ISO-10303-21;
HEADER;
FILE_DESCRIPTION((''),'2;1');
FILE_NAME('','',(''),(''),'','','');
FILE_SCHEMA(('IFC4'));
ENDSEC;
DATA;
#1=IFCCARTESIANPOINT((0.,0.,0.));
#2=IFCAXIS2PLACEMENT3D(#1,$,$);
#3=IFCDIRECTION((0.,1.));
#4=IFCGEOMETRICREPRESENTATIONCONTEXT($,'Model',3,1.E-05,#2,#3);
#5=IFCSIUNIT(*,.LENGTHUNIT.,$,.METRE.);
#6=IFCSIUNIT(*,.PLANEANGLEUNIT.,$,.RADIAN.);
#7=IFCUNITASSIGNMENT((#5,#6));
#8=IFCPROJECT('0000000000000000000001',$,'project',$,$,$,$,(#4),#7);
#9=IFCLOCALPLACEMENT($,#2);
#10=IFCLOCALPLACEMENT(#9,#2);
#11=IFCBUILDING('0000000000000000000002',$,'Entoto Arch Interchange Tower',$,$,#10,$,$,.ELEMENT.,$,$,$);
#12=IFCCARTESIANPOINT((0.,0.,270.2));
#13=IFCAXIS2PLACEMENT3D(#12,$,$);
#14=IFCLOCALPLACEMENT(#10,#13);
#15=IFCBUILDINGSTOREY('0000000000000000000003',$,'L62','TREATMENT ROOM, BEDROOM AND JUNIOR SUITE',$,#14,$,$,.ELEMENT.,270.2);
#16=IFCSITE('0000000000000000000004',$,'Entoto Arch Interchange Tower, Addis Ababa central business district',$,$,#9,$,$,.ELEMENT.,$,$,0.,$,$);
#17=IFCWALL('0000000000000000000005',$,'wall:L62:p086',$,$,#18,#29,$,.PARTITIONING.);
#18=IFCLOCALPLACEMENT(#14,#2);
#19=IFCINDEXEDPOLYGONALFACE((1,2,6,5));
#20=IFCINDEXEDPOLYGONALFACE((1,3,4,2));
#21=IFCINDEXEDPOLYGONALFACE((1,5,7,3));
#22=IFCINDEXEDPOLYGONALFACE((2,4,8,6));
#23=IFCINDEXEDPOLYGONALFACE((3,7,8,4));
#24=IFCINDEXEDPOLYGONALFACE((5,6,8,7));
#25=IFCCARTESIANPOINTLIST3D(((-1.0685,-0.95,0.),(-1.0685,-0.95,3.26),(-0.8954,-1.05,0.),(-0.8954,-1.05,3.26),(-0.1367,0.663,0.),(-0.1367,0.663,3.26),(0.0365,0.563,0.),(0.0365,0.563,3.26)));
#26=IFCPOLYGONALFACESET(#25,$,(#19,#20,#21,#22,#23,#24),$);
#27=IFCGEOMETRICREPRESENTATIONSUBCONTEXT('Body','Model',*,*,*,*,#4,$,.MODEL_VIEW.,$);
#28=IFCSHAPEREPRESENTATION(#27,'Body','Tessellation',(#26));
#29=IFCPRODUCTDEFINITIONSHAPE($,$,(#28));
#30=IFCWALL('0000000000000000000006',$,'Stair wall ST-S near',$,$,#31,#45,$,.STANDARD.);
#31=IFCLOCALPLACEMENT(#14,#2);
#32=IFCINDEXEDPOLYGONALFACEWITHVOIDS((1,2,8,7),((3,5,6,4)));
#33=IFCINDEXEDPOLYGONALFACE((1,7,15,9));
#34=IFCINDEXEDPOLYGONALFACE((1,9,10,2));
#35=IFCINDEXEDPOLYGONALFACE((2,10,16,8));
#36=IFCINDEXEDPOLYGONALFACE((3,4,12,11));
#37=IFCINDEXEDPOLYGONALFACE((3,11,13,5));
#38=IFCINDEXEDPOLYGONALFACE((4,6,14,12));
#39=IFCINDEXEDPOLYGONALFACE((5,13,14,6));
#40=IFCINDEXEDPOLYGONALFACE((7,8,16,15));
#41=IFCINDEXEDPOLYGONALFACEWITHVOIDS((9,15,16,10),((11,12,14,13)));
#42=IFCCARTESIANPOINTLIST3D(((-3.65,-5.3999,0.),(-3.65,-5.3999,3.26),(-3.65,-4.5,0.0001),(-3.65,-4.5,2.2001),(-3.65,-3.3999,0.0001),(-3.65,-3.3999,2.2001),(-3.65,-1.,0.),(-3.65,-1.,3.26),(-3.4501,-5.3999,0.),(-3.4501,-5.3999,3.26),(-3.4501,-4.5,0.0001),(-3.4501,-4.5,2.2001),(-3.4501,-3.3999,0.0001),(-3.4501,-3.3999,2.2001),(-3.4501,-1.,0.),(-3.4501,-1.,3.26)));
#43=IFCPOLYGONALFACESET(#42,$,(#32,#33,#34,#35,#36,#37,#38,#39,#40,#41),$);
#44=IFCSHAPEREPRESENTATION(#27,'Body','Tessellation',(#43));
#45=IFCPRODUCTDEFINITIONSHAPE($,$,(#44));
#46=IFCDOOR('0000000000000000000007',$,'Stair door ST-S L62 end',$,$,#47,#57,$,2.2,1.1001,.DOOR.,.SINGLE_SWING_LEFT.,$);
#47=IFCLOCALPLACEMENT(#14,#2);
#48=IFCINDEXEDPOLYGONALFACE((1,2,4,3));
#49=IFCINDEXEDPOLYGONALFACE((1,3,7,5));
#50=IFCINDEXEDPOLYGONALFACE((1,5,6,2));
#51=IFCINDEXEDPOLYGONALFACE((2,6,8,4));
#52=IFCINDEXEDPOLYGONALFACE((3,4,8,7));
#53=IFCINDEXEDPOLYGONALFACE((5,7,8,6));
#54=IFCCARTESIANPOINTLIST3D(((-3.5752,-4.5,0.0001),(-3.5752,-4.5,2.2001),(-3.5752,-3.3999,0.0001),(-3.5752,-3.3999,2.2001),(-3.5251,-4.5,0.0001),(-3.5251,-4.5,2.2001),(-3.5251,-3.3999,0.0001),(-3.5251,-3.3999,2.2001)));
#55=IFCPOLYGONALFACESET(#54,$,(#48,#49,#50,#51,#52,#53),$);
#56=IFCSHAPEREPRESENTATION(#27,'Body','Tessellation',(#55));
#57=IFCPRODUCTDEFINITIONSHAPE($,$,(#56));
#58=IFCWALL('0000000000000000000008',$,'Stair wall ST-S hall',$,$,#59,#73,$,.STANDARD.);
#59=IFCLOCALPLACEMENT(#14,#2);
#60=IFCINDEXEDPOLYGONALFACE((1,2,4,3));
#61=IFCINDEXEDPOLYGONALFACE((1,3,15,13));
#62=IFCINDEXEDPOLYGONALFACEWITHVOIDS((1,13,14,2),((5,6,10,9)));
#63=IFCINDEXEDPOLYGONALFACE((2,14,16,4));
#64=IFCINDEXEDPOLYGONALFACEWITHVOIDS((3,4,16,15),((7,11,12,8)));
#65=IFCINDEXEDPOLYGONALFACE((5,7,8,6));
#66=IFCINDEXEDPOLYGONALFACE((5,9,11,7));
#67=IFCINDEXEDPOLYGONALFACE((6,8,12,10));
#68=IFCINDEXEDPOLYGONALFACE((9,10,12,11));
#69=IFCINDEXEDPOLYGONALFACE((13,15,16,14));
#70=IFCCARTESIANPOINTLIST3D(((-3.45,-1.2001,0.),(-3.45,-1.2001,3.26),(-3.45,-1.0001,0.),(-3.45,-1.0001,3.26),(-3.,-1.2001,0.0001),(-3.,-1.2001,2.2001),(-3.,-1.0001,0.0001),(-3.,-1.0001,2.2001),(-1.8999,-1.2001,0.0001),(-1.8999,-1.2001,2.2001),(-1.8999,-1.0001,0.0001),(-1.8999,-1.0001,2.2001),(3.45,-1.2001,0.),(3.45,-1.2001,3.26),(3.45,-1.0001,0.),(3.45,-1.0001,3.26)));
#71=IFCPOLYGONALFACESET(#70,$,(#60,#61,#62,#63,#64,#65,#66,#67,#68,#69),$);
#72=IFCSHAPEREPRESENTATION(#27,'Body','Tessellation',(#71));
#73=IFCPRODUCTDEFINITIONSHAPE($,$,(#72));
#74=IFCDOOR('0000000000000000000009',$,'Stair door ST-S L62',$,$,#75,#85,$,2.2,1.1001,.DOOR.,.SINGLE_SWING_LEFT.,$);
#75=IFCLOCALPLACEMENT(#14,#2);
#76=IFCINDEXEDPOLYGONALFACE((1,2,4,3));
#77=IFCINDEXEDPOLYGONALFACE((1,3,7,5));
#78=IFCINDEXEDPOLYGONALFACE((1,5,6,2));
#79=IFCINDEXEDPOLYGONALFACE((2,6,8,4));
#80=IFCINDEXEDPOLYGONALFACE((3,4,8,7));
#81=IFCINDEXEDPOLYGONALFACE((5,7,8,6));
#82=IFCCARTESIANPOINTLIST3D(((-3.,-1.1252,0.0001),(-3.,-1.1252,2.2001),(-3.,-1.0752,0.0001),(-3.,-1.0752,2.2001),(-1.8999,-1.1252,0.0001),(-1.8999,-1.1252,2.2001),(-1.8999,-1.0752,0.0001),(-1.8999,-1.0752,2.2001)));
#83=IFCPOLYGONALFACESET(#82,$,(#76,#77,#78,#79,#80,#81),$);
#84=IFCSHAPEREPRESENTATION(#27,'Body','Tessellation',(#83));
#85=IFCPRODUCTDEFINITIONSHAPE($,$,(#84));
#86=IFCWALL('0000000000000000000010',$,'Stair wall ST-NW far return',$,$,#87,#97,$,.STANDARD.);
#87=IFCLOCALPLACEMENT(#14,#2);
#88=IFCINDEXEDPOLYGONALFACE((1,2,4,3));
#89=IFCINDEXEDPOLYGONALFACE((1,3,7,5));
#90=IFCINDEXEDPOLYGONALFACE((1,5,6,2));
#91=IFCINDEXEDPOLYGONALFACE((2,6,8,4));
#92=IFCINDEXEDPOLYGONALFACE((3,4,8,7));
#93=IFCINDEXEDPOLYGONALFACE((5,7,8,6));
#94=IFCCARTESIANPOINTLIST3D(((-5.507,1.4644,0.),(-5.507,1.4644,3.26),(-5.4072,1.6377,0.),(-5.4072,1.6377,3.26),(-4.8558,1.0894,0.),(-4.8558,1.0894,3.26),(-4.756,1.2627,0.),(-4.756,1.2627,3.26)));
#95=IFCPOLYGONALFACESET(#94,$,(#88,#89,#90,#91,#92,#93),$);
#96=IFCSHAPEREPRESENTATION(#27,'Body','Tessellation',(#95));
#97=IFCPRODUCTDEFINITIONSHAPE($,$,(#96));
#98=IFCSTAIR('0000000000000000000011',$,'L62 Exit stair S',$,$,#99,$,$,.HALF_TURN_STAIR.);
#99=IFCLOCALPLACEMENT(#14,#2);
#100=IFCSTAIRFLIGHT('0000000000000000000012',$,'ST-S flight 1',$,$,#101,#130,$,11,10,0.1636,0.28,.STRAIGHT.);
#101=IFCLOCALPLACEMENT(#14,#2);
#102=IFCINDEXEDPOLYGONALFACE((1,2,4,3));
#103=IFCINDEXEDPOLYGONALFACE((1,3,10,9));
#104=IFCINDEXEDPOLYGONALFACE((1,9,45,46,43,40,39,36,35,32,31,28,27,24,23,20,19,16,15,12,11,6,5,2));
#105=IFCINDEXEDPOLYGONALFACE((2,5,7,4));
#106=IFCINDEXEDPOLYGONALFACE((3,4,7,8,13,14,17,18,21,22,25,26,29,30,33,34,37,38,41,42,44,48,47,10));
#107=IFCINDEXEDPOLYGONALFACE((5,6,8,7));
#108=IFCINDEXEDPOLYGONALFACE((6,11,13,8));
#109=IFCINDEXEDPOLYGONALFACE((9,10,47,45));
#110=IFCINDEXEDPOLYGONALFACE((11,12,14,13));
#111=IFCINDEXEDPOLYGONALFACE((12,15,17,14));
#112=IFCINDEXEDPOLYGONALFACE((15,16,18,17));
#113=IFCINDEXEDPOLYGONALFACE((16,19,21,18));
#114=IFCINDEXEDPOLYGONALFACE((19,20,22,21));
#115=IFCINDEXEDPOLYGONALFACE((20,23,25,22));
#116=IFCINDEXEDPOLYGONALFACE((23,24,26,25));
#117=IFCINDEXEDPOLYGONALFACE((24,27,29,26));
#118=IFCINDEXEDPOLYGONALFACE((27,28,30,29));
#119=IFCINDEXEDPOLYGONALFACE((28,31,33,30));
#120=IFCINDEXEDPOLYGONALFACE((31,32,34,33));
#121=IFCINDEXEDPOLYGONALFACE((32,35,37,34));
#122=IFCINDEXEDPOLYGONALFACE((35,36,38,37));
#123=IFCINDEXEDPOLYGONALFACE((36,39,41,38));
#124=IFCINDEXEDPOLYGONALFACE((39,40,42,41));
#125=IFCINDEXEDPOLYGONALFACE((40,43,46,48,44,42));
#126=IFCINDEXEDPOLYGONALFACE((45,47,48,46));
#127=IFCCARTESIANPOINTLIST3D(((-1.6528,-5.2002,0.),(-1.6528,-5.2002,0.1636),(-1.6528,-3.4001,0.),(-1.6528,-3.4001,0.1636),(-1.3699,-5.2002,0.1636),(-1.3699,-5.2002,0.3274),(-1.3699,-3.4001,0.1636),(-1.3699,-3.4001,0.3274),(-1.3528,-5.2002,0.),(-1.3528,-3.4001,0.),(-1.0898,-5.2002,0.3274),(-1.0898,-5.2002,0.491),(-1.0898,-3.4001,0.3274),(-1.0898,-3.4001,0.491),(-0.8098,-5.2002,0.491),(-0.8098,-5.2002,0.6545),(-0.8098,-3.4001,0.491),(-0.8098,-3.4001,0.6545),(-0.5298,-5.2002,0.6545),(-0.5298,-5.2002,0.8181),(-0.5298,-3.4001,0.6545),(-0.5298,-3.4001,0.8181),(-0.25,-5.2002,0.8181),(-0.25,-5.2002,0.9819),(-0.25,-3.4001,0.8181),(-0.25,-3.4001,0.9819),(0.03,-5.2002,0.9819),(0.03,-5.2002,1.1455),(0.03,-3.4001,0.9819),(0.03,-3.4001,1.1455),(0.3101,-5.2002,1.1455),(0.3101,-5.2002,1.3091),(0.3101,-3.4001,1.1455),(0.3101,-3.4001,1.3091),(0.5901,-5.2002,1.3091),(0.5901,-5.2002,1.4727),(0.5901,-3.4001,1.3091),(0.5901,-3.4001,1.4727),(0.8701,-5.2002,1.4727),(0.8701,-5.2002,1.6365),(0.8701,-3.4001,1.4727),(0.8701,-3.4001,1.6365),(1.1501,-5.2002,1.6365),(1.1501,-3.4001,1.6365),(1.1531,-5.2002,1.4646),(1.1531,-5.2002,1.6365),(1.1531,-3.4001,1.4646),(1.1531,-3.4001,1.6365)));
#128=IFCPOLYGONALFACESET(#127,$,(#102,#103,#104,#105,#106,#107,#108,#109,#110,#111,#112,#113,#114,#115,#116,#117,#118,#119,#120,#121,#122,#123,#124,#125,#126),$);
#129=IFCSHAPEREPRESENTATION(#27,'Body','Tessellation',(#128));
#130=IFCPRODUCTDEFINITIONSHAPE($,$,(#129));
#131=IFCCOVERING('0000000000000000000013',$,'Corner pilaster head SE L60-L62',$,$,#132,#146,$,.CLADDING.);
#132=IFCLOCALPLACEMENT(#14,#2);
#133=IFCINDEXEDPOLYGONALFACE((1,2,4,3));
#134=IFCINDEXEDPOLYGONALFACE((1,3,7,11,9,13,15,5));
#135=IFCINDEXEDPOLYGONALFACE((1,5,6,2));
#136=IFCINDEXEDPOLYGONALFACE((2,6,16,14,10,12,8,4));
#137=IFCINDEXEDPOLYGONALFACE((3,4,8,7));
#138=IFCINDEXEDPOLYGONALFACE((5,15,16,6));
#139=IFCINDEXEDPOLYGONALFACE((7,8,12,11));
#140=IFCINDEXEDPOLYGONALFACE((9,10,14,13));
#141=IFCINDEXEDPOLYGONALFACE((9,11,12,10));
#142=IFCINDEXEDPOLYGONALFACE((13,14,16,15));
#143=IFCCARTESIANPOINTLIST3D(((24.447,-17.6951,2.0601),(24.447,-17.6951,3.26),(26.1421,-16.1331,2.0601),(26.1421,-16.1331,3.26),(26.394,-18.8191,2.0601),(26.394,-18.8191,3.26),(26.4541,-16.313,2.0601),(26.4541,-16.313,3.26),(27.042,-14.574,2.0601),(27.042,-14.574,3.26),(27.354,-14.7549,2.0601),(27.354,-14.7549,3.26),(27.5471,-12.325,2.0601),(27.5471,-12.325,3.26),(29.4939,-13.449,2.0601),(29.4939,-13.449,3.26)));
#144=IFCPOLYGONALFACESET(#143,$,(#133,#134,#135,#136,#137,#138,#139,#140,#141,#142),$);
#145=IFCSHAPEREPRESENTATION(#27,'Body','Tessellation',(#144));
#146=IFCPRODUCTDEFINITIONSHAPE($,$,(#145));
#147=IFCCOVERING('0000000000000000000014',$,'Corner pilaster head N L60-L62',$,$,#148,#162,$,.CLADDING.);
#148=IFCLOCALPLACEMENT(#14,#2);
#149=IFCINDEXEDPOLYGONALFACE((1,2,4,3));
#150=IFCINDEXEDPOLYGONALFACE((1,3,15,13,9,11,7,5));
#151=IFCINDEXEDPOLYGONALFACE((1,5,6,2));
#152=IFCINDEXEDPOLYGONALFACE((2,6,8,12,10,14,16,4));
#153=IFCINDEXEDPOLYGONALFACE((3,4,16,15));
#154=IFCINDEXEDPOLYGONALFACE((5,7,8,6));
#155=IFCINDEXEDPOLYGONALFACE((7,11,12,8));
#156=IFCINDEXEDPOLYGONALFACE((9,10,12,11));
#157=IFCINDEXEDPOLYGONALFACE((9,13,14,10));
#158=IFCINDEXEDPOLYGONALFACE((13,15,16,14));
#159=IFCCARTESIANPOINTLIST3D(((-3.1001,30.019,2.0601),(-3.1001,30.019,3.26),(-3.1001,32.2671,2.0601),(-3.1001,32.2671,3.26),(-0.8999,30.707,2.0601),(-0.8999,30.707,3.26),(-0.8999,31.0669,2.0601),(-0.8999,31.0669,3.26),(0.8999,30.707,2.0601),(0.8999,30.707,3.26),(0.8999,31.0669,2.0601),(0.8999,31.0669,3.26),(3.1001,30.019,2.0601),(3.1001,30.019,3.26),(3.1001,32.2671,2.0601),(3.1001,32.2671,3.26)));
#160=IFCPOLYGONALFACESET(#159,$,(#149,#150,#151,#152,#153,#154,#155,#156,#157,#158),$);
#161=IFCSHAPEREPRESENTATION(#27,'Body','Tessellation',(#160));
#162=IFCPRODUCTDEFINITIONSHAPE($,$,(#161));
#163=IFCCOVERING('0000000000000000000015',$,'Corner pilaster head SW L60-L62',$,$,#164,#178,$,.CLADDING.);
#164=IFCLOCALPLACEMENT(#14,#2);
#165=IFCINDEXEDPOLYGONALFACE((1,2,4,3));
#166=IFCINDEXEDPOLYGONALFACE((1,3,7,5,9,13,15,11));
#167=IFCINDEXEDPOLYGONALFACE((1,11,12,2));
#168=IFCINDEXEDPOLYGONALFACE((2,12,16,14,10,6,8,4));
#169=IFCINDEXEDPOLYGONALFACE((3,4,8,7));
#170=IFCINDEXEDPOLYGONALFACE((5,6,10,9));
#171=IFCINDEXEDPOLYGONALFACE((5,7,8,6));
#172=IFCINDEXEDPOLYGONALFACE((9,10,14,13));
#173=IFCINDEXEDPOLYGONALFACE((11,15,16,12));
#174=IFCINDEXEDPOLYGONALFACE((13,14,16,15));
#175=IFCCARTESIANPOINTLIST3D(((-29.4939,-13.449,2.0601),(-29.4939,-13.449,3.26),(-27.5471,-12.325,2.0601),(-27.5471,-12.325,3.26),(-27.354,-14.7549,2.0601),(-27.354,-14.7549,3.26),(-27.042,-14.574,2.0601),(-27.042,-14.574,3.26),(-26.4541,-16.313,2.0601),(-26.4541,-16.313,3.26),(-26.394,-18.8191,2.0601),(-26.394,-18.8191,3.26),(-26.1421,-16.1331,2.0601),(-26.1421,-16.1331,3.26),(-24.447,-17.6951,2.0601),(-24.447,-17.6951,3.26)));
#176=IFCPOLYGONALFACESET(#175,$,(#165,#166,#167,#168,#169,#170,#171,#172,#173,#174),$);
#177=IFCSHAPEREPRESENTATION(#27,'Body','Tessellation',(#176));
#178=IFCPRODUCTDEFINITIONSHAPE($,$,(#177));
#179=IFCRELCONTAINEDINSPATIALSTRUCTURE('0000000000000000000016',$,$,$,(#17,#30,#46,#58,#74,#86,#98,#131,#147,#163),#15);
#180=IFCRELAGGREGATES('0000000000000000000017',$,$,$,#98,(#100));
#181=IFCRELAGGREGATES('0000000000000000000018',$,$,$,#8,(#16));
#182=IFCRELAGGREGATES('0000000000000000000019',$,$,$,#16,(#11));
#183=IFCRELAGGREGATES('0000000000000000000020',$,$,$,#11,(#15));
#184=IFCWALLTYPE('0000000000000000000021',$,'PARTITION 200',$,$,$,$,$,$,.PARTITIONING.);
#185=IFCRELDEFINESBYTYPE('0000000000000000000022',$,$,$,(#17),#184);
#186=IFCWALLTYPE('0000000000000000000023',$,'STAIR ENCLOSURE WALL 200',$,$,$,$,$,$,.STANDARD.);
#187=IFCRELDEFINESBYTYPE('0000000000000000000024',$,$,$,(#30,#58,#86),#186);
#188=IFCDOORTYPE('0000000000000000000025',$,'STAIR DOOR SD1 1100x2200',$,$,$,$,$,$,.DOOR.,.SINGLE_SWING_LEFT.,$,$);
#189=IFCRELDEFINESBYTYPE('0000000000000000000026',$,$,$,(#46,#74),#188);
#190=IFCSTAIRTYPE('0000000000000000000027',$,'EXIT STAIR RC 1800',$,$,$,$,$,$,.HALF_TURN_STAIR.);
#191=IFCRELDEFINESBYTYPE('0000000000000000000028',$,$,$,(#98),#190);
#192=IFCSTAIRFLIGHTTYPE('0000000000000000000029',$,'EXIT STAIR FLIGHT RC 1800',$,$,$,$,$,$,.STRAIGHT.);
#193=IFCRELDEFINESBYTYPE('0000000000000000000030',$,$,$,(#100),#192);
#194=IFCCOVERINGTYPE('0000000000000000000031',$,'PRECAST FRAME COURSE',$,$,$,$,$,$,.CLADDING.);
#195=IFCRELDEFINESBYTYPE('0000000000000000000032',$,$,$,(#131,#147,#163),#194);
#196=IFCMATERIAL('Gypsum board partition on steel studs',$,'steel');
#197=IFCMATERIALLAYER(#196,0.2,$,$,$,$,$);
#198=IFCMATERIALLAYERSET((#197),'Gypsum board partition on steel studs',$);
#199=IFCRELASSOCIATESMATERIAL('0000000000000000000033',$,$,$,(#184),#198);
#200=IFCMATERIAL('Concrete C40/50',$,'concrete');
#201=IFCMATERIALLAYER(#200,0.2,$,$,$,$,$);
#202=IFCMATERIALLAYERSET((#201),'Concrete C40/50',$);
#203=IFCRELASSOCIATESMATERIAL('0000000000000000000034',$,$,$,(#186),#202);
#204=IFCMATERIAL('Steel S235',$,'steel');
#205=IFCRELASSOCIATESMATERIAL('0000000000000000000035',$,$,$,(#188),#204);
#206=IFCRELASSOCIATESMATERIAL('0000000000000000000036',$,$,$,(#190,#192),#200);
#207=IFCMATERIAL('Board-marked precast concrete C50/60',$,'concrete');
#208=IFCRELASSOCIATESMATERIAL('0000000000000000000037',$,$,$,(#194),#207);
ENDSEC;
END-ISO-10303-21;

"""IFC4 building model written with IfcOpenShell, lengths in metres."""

from ifc_helpers import new_model, si_unit, direction, frame, frame_2d, origin, place, context, subcontext, project, spatial, polyline, rectangle, outline, extrude, material, layer, layer_set, type_object, element, fill, aggregate, save


model = new_model("IFC4")

# Units and contexts
model_context = context("Model", 3, precision=1e-05, world=origin(), true_north=direction((0.0, 1.0)))
body_context = subcontext(model_context, "Body", "Model", "MODEL_VIEW")
ifc_project = project(units=[si_unit("LENGTHUNIT", "METRE"), si_unit("PLANEANGLEUNIT", "RADIAN")], contexts=[model_context])

# Site, building, storey
site_placement = place(None, origin())
site = spatial("IfcSite", under=ifc_project, at=site_placement, Name="Entoto Arch Interchange Tower, Addis Ababa central business district", CompositionType="ELEMENT", RefElevation=0.0)
building_placement = place(site_placement, origin())
building = spatial("IfcBuilding", under=site, at=building_placement, Name="Entoto Arch Interchange Tower", CompositionType="ELEMENT")
storey_placement = place(building_placement, frame((0.0, 0.0, 270.2)))
storey = spatial("IfcBuildingStorey", under=building, at=storey_placement, Name="L62", Description="TREATMENT ROOM, BEDROOM AND JUNIOR SUITE", CompositionType="ELEMENT", Elevation=270.2)

# Shared definitions
ifc_material_1 = material(Name="Board-marked precast concrete C50/60", Category="concrete")
ifc_material_2 = material(Name="Concrete C40/50", Category="concrete")

# Wall
ifc_material_3 = material(Name="Gypsum board partition on steel studs", Category="steel")
ifc_layer_1 = layer(ifc_material_3, 0.2)
ifc_layer_set_1 = layer_set([ifc_layer_1], Name="Gypsum board partition on steel studs")
wall_type_1 = type_object("IfcWallType", Name="PARTITION 200", PredefinedType="PARTITIONING", material=ifc_layer_set_1)
wall_1_placement = place(storey_placement, frame((-0.9819, -1.0, 0.0), z_axis=(0.0, 0.0, 1.0), x_axis=(0.50024, 0.865887, 0.0)))
element("IfcWall", 1, at=wall_1_placement, inside=storey, type_object=wall_type_1, Name="wall:L62:p086", PredefinedType="PARTITIONING", context=body_context, shape_type="SweptSolid", body=[
    extrude(rectangle(XDim=1.8628, YDim=0.2, at=frame_2d((0.9314, 0.0))), origin(), (0.0, 0.0, 1.0), 3.26),
])

# Walls, openings, doors
ifc_layer_2 = layer(ifc_material_2, 0.2)
ifc_layer_set_2 = layer_set([ifc_layer_2], Name="Concrete C40/50")
wall_type_2 = type_object("IfcWallType", Name="STAIR ENCLOSURE WALL 200", PredefinedType="STANDARD", material=ifc_layer_set_2)
wall_2_placement = place(storey_placement, frame((-3.55, -1.0, 0.0), z_axis=(0.0, 0.0, 1.0), x_axis=(0.0, -1.0, 0.0)))
wall_2 = element("IfcWall", 2, at=wall_2_placement, inside=storey, type_object=wall_type_2, Name="Stair wall ST-S near", PredefinedType="STANDARD", context=body_context, shape_type="SweptSolid", body=[
    extrude(rectangle(XDim=4.3999, YDim=0.2, at=frame_2d((2.2, 0.0))), origin(), (0.0, 0.0, 1.0), 3.26),
])
opening_1_placement = place(wall_2_placement, frame((2.3999, 0.0, 0.0)))
opening_1 = element("IfcOpeningElement", 3, at=opening_1_placement, cuts=wall_2, PredefinedType="OPENING", context=body_context, shape_type="SweptSolid", body=[
    extrude(rectangle(XDim=1.1001, YDim=2.2, at=frame_2d((0.55, 1.1001))), frame((0.0, 0.1099, 0.0), z_axis=(0.0, -1.0, 0.0), x_axis=(1.0, 0.0, 0.0)), (0.0, 0.0, 1.0), 0.22),
])
ifc_material_4 = material(Name="Steel S235", Category="steel")
door_type = type_object("IfcDoorType", Name="STAIR DOOR SD1 1100x2200", OperationType="SINGLE_SWING_LEFT", PredefinedType="DOOR", material=ifc_material_4)
door_1_placement = place(opening_1_placement, origin())
door_1 = element("IfcDoor", 4, at=door_1_placement, inside=storey, type_object=door_type, Name="Stair door ST-S L62 end", OperationType="SINGLE_SWING_LEFT", OverallHeight=2.2, OverallWidth=1.1001, PredefinedType="DOOR", context=body_context, shape_type="SweptSolid", body=[
    extrude(rectangle(XDim=1.1001, YDim=2.2, at=frame_2d((0.55, 1.1001))), frame((0.0, 0.0249, 0.0), z_axis=(0.0, -1.0, 0.0), x_axis=(1.0, 0.0, 0.0)), (0.0, 0.0, 1.0), 0.05),
])
fill(opening_1, door_1)
wall_3_placement = place(storey_placement, frame((-3.45, -1.1001, 0.0), z_axis=(0.0, 0.0, 1.0), x_axis=(1.0, 0.0, 0.0)))
wall_3 = element("IfcWall", 5, at=wall_3_placement, inside=storey, type_object=wall_type_2, Name="Stair wall ST-S hall", PredefinedType="STANDARD", context=body_context, shape_type="SweptSolid", body=[
    extrude(rectangle(XDim=6.8999, YDim=0.2, at=frame_2d((3.45, 0.0))), origin(), (0.0, 0.0, 1.0), 3.26),
])
opening_2_placement = place(wall_3_placement, frame((0.45, 0.0, 0.0)))
opening_2 = element("IfcOpeningElement", 6, at=opening_2_placement, cuts=wall_3, PredefinedType="OPENING", context=body_context, shape_type="SweptSolid", body=[
    extrude(rectangle(XDim=1.1001, YDim=2.2, at=frame_2d((0.55, 1.1001))), frame((0.0, 0.1099, 0.0), z_axis=(0.0, -1.0, 0.0), x_axis=(1.0, 0.0, 0.0)), (0.0, 0.0, 1.0), 0.22),
])
door_2_placement = place(opening_2_placement, origin())
door_2 = element("IfcDoor", 7, at=door_2_placement, inside=storey, type_object=door_type, Name="Stair door ST-S L62", OperationType="SINGLE_SWING_LEFT", OverallHeight=2.2, OverallWidth=1.1001, PredefinedType="DOOR", context=body_context, shape_type="SweptSolid", body=[
    extrude(rectangle(XDim=1.1001, YDim=2.2, at=frame_2d((0.55, 1.1001))), frame((0.0, 0.0249, 0.0), z_axis=(0.0, -1.0, 0.0), x_axis=(1.0, 0.0, 0.0)), (0.0, 0.0, 1.0), 0.05),
])
fill(opening_2, door_2)

# Wall
wall_4_placement = place(storey_placement, frame((-4.8059, 1.176, 0.0), z_axis=(0.0, 0.0, 1.0), x_axis=(-0.866559, 0.499075, 0.0)))
element("IfcWall", 8, at=wall_4_placement, inside=storey, type_object=wall_type_2, Name="Stair wall ST-NW far return", PredefinedType="STANDARD", context=body_context, shape_type="SweptSolid", body=[
    extrude(rectangle(XDim=0.7515, YDim=0.2, at=frame_2d((0.3757, 0.0))), origin(), (0.0, 0.0, 1.0), 3.26),
])

# Stair, stair flight
stair_type = type_object("IfcStairType", Name="EXIT STAIR RC 1800", PredefinedType="HALF_TURN_STAIR", material=ifc_material_2)
stair_placement = place(storey_placement, origin())
stair = element("IfcStair", 9, at=stair_placement, inside=storey, type_object=stair_type, Name="L62 Exit stair S", PredefinedType="HALF_TURN_STAIR")
stair_flight_type = type_object("IfcStairFlightType", Name="EXIT STAIR FLIGHT RC 1800", PredefinedType="STRAIGHT", material=ifc_material_2)
stair_flight_placement = place(storey_placement, frame((-1.6499, -4.3, 0.0), z_axis=(0.0, 0.0, 1.0), x_axis=(1.0, 0.0, 0.0)))
stair_flight = element("IfcStairFlight", 10, at=stair_flight_placement, type_object=stair_flight_type, Name="ST-S flight 1", NumberOfRisers=11, NumberOfTreads=10, PredefinedType="STRAIGHT", RiserHeight=0.1636, TreadLength=0.28, context=body_context, shape_type="SweptSolid", body=[
    extrude(outline(polyline([(-0.0029, 0.0), (-0.0029, 0.1636), (0.28, 0.1636), (0.28, 0.3274), (0.5601, 0.3274), (0.5601, 0.491), (0.8401, 0.491), (0.8401, 0.6545), (1.1201, 0.6545), (1.1201, 0.8181), (1.3999, 0.8181), (1.3999, 0.9819), (1.6799, 0.9819), (1.6799, 1.1455), (1.96, 1.1455), (1.96, 1.3091), (2.24, 1.3091), (2.24, 1.4727), (2.52, 1.4727), (2.52, 1.6365), (2.8, 1.6365), (2.803, 1.6365), (2.803, 1.4646), (0.2971, 0.0), (-0.0029, 0.0)])), frame((0.0, 0.8999, 0.0), z_axis=(0.0, -1.0, 0.0), x_axis=(1.0, 0.0, 0.0)), (0.0, 0.0, 1.0), 1.8),
])
aggregate(stair, [stair_flight])

# Coverings
covering_type = type_object("IfcCoveringType", Name="PRECAST FRAME COURSE", PredefinedType="CLADDING", material=ifc_material_1)
covering_1_placement = place(storey_placement, frame((0.0, 0.0, 2.0601)))
element("IfcCovering", 11, at=covering_1_placement, inside=storey, type_object=covering_type, Name="Corner pilaster head SE L60-L62", PredefinedType="CLADDING", context=body_context, shape_type="SweptSolid", body=[
    extrude(outline(polyline([(29.4939, -13.449), (26.394, -18.8191), (24.447, -17.6951), (26.1421, -16.1331), (26.4541, -16.313), (27.354, -14.7549), (27.042, -14.574), (27.5471, -12.325), (29.4939, -13.449)])), origin(), (0.0, 0.0, 1.0), 1.2),
])
covering_2_placement = place(storey_placement, frame((0.0, 0.0, 2.0601)))
element("IfcCovering", 12, at=covering_2_placement, inside=storey, type_object=covering_type, Name="Corner pilaster head N L60-L62", PredefinedType="CLADDING", context=body_context, shape_type="SweptSolid", body=[
    extrude(outline(polyline([(-3.1001, 32.2671), (3.1001, 32.2671), (3.1001, 30.019), (0.8999, 30.707), (0.8999, 31.0669), (-0.8999, 31.0669), (-0.8999, 30.707), (-3.1001, 30.019), (-3.1001, 32.2671)])), origin(), (0.0, 0.0, 1.0), 1.2),
])
covering_3_placement = place(storey_placement, frame((0.0, 0.0, 2.0601)))
element("IfcCovering", 13, at=covering_3_placement, inside=storey, type_object=covering_type, Name="Corner pilaster head SW L60-L62", PredefinedType="CLADDING", context=body_context, shape_type="SweptSolid", body=[
    extrude(outline(polyline([(-26.394, -18.8191), (-29.4939, -13.449), (-27.5471, -12.325), (-27.042, -14.574), (-27.354, -14.7549), (-26.4541, -16.313), (-26.1421, -16.1331), (-24.447, -17.6951), (-26.394, -18.8191)])), origin(), (0.0, 0.0, 1.0), 1.2),
])

save(model, "model.ifc")
